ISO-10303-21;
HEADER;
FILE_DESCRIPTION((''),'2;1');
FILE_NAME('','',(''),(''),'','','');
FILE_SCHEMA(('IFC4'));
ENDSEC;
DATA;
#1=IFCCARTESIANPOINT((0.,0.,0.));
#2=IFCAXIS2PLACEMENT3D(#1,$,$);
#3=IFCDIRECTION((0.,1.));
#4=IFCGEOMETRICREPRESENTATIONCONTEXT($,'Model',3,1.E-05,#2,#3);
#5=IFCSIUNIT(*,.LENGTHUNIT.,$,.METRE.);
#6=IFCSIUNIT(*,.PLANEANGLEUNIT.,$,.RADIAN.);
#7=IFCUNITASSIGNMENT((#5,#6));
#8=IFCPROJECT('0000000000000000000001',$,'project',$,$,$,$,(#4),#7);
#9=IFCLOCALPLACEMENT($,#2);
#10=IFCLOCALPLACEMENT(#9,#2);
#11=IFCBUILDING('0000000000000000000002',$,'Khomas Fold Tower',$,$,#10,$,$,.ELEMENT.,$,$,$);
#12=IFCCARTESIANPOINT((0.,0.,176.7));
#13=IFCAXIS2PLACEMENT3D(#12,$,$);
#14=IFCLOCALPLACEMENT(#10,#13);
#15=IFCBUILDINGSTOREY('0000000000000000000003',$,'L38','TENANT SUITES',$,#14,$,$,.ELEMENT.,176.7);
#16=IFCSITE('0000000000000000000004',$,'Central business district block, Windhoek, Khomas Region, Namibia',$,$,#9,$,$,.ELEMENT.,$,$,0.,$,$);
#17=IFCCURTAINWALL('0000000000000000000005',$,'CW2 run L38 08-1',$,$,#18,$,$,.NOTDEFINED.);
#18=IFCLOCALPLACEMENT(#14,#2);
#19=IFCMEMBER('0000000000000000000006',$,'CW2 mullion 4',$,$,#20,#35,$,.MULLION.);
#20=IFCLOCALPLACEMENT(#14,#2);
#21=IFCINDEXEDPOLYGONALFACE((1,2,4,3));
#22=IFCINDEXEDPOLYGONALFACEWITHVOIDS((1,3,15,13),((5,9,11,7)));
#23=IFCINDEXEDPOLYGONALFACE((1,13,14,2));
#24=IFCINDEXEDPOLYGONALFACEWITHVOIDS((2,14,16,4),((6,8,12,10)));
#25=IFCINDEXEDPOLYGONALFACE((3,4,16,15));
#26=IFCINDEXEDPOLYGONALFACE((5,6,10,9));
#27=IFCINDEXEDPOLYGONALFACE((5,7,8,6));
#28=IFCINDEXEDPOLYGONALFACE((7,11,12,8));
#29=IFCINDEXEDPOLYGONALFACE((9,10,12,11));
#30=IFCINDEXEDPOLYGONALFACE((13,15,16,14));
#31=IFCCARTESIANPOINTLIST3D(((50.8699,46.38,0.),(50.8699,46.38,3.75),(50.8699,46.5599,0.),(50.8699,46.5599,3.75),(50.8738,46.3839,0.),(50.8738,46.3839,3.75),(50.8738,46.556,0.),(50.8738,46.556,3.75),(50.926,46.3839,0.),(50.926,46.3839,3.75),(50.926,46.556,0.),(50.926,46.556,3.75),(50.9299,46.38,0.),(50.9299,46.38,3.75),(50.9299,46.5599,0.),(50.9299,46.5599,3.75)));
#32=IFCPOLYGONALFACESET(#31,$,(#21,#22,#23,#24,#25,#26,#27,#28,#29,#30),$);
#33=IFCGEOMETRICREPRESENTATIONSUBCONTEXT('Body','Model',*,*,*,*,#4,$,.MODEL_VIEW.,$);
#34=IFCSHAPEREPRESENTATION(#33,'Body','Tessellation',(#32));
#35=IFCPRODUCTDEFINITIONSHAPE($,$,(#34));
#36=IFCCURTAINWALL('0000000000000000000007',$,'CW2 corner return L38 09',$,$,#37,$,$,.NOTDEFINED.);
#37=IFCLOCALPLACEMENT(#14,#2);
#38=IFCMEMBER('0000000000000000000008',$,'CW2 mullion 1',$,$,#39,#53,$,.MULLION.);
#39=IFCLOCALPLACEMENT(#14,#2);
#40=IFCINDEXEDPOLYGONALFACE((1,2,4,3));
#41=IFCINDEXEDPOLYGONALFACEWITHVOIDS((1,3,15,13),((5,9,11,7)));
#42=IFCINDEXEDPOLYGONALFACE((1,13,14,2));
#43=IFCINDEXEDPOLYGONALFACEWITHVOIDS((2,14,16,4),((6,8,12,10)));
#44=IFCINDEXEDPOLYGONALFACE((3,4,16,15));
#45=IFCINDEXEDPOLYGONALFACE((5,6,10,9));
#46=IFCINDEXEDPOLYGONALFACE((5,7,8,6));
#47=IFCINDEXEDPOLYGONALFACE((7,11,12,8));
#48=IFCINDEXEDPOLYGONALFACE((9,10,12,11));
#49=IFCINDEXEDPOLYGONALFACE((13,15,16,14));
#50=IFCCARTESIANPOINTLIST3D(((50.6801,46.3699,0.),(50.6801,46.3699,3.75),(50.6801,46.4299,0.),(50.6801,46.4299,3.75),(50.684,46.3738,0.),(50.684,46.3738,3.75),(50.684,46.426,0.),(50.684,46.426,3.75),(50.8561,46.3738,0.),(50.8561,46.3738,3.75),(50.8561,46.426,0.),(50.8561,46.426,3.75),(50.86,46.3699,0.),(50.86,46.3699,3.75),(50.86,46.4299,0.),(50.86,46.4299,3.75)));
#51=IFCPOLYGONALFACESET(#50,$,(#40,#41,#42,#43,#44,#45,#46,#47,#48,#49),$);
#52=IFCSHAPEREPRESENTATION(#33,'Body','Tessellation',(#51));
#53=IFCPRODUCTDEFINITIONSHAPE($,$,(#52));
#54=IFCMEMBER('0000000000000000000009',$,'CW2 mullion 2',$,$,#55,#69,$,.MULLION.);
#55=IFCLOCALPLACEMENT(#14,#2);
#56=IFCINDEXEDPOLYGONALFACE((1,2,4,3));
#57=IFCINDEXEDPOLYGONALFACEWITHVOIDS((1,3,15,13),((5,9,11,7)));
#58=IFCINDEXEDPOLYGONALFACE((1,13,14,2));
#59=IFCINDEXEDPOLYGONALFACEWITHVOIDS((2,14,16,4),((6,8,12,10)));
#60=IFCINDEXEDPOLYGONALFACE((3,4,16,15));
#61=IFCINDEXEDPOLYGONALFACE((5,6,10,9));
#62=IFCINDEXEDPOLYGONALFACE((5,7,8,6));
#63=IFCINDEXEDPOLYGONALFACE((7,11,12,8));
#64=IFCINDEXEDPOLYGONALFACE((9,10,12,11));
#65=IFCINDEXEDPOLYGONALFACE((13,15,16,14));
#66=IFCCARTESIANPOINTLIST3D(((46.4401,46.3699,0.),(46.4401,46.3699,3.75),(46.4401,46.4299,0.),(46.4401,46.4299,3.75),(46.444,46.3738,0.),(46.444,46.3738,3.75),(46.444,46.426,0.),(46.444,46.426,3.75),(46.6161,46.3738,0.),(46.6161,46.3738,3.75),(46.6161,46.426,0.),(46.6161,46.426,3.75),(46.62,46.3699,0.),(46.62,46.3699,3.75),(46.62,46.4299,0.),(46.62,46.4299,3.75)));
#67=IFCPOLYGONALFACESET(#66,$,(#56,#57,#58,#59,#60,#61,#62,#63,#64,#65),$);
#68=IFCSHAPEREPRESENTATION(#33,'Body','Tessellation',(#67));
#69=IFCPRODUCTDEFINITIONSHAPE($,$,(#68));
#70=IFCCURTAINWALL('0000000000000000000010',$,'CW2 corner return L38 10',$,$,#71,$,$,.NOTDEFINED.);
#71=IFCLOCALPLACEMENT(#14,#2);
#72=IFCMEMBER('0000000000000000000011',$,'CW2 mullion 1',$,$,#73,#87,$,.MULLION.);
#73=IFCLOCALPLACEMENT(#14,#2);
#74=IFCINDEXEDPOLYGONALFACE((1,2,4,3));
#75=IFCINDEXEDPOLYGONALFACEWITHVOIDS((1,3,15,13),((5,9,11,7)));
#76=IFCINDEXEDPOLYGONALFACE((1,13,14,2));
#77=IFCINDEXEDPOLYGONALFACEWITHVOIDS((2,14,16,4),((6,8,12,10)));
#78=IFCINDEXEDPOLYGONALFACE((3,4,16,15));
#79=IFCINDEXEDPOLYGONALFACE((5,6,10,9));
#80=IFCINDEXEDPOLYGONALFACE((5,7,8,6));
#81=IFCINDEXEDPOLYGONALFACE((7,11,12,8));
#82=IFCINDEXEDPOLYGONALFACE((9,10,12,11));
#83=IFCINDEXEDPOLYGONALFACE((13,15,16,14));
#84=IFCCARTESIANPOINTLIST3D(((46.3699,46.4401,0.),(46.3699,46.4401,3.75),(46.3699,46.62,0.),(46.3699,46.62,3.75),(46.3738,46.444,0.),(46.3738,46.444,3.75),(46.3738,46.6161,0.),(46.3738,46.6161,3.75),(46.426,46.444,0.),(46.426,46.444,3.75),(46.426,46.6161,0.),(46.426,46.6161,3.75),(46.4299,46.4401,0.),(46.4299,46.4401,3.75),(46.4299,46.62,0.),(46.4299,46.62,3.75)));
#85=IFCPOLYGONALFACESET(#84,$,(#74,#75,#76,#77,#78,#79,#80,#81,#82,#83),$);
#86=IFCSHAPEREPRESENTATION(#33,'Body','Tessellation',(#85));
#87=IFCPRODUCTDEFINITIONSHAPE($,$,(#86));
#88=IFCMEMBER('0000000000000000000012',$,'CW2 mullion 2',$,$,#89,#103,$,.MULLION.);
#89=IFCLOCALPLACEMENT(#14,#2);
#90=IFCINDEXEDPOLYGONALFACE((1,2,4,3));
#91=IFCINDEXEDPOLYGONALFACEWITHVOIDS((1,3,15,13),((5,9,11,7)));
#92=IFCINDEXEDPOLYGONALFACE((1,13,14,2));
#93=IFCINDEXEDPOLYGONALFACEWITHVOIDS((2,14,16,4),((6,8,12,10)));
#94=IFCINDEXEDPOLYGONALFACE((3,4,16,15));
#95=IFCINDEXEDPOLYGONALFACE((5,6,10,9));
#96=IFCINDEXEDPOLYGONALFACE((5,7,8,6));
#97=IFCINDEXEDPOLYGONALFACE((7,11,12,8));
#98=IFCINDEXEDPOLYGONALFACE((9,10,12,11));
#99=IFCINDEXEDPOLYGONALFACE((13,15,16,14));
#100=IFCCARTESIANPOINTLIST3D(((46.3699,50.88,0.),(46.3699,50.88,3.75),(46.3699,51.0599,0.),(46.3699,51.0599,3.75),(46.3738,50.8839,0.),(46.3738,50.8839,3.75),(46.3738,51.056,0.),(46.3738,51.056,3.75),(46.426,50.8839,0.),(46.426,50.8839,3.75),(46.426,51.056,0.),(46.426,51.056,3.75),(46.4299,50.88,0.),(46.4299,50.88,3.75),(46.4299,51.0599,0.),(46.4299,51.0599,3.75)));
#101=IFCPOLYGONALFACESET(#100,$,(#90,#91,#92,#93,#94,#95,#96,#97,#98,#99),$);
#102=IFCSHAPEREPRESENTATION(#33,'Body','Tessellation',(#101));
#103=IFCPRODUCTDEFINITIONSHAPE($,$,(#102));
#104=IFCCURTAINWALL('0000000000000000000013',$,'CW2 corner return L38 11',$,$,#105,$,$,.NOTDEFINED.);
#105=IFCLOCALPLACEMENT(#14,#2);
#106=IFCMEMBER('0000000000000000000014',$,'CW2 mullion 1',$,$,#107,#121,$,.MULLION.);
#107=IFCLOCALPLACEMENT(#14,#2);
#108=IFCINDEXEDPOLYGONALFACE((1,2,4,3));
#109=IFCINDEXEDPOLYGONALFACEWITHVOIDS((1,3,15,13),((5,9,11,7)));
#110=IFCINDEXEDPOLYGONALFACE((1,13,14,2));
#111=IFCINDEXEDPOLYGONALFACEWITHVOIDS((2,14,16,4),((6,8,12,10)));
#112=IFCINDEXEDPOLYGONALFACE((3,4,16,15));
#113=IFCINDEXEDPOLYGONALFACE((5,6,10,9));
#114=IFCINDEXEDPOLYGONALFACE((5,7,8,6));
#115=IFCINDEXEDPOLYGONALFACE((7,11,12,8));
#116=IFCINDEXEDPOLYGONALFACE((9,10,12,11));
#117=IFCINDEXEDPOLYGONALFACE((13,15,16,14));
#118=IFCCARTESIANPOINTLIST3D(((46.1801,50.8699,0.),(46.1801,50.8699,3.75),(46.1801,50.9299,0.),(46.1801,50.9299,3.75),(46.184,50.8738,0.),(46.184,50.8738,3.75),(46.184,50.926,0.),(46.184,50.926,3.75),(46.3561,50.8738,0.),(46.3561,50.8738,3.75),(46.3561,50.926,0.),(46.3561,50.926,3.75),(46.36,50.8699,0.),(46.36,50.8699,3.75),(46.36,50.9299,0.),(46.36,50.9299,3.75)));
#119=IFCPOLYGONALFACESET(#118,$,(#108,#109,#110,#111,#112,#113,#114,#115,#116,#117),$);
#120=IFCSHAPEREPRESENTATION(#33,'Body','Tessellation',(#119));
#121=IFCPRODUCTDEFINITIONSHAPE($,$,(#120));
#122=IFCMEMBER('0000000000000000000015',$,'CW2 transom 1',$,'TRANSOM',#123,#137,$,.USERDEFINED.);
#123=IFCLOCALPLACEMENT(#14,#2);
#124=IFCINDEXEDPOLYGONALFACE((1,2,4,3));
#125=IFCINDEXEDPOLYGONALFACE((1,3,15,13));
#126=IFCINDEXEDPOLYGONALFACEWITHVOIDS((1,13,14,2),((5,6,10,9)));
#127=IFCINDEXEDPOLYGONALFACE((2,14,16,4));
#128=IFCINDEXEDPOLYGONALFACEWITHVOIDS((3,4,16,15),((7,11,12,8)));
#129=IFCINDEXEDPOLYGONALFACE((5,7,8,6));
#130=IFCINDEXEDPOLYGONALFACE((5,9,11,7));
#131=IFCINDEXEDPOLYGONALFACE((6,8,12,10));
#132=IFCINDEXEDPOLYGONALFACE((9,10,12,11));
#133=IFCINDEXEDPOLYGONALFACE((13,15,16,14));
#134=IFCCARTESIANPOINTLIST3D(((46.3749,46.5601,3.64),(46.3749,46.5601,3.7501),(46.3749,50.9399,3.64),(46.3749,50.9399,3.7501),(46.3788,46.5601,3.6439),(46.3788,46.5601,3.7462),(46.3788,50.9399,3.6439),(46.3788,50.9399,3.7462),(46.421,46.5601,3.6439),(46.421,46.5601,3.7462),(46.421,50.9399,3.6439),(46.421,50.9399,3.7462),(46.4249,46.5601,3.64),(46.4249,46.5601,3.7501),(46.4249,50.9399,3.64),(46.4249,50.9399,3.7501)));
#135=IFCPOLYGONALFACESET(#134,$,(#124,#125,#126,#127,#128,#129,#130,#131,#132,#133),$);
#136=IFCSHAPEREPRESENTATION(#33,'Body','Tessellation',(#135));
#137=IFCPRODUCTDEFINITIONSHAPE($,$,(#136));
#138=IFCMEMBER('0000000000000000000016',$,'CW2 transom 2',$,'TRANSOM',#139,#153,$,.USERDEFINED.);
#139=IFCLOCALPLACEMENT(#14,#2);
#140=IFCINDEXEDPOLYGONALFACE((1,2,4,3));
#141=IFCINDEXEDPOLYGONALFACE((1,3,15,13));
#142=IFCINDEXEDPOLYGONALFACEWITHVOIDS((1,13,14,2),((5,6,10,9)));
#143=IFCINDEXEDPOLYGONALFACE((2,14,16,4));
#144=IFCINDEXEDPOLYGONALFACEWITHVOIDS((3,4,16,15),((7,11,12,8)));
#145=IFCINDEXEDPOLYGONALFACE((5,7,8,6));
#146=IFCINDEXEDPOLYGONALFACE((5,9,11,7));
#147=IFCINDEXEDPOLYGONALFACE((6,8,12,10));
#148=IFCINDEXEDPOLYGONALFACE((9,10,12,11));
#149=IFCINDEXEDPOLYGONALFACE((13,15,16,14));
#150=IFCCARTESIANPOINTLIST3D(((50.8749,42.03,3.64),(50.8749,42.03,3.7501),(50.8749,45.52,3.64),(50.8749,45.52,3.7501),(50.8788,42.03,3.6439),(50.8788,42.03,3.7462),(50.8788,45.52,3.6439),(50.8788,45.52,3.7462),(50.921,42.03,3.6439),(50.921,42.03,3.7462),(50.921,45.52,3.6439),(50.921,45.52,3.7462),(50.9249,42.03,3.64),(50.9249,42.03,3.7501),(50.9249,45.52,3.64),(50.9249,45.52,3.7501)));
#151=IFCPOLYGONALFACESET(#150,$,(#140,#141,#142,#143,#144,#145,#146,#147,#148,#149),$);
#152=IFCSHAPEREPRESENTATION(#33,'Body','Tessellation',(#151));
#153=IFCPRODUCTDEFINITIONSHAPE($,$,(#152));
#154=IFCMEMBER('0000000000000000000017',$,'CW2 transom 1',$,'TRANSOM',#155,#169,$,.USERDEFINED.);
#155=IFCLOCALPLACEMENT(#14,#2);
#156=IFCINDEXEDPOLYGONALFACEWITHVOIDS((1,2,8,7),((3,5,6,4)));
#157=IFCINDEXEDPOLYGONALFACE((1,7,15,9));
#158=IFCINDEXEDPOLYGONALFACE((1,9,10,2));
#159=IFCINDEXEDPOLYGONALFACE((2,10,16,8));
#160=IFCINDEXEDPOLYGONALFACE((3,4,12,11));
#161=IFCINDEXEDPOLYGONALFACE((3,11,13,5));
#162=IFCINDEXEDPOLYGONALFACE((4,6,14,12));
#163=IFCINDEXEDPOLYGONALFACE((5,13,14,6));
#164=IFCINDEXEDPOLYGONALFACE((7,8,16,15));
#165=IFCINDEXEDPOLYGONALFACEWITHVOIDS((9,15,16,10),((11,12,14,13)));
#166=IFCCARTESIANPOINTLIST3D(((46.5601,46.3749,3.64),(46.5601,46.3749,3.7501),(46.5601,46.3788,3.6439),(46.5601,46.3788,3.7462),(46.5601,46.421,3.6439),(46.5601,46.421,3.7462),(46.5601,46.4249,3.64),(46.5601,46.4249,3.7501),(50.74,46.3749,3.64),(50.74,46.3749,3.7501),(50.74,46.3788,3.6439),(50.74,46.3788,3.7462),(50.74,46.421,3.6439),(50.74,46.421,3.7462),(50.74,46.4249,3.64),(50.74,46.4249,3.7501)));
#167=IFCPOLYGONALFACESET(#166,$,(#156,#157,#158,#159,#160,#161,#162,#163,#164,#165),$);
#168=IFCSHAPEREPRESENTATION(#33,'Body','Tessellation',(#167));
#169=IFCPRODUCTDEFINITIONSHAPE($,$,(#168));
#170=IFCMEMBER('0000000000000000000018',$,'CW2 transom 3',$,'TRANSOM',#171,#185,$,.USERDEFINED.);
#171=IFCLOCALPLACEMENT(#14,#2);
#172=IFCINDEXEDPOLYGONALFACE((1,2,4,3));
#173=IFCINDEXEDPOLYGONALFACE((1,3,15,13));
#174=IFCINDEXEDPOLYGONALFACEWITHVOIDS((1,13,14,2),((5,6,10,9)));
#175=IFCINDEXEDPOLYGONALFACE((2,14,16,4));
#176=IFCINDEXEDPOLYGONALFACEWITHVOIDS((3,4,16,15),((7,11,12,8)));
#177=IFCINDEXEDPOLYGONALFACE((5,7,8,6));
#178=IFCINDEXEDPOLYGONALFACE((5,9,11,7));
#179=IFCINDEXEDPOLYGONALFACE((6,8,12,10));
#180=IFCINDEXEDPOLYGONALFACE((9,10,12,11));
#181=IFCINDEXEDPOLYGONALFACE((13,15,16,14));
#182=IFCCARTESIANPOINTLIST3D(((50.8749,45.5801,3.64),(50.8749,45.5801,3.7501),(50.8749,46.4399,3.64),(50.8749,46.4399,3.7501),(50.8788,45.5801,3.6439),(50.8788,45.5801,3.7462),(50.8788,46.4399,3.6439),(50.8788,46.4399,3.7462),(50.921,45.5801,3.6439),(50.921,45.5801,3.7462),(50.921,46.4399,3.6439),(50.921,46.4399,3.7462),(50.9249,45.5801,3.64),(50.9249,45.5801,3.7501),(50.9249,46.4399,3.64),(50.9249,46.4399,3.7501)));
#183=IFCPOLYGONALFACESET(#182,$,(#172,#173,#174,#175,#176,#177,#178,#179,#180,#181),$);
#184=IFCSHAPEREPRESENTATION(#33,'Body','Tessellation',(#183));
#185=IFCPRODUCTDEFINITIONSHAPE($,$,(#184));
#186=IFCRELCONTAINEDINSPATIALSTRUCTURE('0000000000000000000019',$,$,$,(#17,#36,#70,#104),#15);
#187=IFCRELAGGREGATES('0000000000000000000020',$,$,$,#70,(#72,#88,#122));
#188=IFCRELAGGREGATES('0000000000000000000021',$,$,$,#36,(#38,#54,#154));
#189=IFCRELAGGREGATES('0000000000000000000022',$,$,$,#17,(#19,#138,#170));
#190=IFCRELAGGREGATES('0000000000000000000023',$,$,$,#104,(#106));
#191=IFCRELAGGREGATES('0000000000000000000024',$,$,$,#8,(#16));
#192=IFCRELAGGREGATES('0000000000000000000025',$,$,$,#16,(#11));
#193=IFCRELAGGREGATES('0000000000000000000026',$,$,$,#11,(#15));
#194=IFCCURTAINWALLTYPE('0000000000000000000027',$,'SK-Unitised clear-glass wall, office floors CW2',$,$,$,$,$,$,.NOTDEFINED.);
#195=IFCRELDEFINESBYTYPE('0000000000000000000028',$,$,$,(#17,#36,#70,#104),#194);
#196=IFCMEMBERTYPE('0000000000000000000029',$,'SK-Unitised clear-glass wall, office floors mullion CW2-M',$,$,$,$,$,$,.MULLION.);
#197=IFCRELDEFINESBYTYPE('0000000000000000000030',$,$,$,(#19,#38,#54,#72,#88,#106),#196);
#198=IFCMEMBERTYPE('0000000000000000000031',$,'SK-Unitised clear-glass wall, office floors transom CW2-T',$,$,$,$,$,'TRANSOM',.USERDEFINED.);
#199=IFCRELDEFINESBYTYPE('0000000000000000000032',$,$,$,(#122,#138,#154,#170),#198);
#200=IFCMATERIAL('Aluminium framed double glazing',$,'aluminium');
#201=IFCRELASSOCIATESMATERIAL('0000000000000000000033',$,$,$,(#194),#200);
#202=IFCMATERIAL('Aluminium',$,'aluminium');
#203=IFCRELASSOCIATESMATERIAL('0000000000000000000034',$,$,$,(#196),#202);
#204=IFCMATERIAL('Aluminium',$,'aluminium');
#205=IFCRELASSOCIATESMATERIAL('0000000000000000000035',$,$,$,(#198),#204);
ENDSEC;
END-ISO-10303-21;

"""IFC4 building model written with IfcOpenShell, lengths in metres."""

from ifc_helpers import new_model, si_unit, direction, frame, origin, origin_2d, place, context, subcontext, project, spatial, hollow_rectangle, extrude, source, transform, mapped, material, material_profile, profile_set, type_object, element, aggregate, save


model = new_model("IFC4")

# Units and contexts
model_context = context("Model", 3, precision=1e-05, world=origin(), true_north=direction((0.0, 1.0)))
body_context = subcontext(model_context, "Body", "Model", "MODEL_VIEW")
ifc_project = project(units=[si_unit("LENGTHUNIT", "METRE"), si_unit("PLANEANGLEUNIT", "RADIAN")], contexts=[model_context])

# Site, building, storey
site_placement = place(None, origin())
site = spatial("IfcSite", under=ifc_project, at=site_placement, Name="Central business district block, Windhoek, Khomas Region, Namibia", CompositionType="ELEMENT", RefElevation=0.0)
building_placement = place(site_placement, origin())
building = spatial("IfcBuilding", under=site, at=building_placement, Name="Khomas Fold Tower", CompositionType="ELEMENT")
storey_placement = place(building_placement, frame((0.0, 0.0, 176.7)))
storey = spatial("IfcBuildingStorey", under=building, at=storey_placement, Name="L38", Description="TENANT SUITES", CompositionType="ELEMENT", Elevation=176.7)

# Curtain walls, members
ifc_material_1 = material(Name="Aluminium framed double glazing", Category="aluminium")
curtain_wall_type_1 = type_object("IfcCurtainWallType", Name="SK-Unitised clear-glass wall, office floors CW2", PredefinedType="NOTDEFINED", material=ifc_material_1)
curtain_wall_1_placement = place(storey_placement, origin())
curtain_wall_1 = element("IfcCurtainWall", 1, at=curtain_wall_1_placement, inside=storey, type_object=curtain_wall_type_1, Name="CW2 run L38 08-1", PredefinedType="NOTDEFINED")
ifc_material_2 = material(Name="Aluminium", Category="aluminium")
ifc_material_profile_1 = material_profile(ifc_material_2, hollow_rectangle(XDim=0.0601, YDim=0.1799, WallThickness=0.0039, at=origin_2d()), Name="SK-Unitised clear-glass wall, office floors mullion CW2-M")
ifc_profile_set_1 = profile_set([ifc_material_profile_1], Name="Aluminium")
member_type_1 = type_object("IfcMemberType", Name="SK-Unitised clear-glass wall, office floors mullion CW2-M", PredefinedType="MULLION", material=ifc_profile_set_1)
shared_shape_1 = source(origin(), body_context, "Body", "SweptSolid", [
    extrude(hollow_rectangle(XDim=0.0601, YDim=0.1799, WallThickness=0.0039, at=origin_2d()), origin(), (0.0, 0.0, 1.0), 3.75),
])
member_1_placement = place(storey_placement, frame((50.8999, 46.47, 0.0), z_axis=(0.0, 0.0, 1.0), x_axis=(-1.0, 0.0, 0.0)))
member_1 = element("IfcMember", 2, at=member_1_placement, type_object=member_type_1, Name="CW2 mullion 4", PredefinedType="MULLION", context=body_context, shape_type="MappedRepresentation", body=[
    mapped(shared_shape_1, transform((0.0, 0.0, 0.0))),
])
curtain_wall_2_placement = place(storey_placement, origin())
curtain_wall_2 = element("IfcCurtainWall", 3, at=curtain_wall_2_placement, inside=storey, type_object=curtain_wall_type_1, Name="CW2 corner return L38 09", PredefinedType="NOTDEFINED")
member_2_placement = place(storey_placement, frame((50.77, 46.3999, 0.0), z_axis=(0.0, 0.0, 1.0), x_axis=(0.0, -1.0, 0.0)))
member_2 = element("IfcMember", 4, at=member_2_placement, type_object=member_type_1, Name="CW2 mullion 1", PredefinedType="MULLION", context=body_context, shape_type="MappedRepresentation", body=[
    mapped(shared_shape_1, transform((0.0, 0.0, 0.0))),
])
member_3_placement = place(storey_placement, frame((46.53, 46.3999, 0.0), z_axis=(0.0, 0.0, 1.0), x_axis=(0.0, -1.0, 0.0)))
member_3 = element("IfcMember", 5, at=member_3_placement, type_object=member_type_1, Name="CW2 mullion 2", PredefinedType="MULLION", context=body_context, shape_type="MappedRepresentation", body=[
    mapped(shared_shape_1, transform((0.0, 0.0, 0.0))),
])
curtain_wall_3_placement = place(storey_placement, origin())
curtain_wall_3 = element("IfcCurtainWall", 6, at=curtain_wall_3_placement, inside=storey, type_object=curtain_wall_type_1, Name="CW2 corner return L38 10", PredefinedType="NOTDEFINED")
member_4_placement = place(storey_placement, frame((46.3999, 46.53, 0.0), z_axis=(0.0, 0.0, 1.0), x_axis=(-1.0, 0.0, 0.0)))
member_4 = element("IfcMember", 7, at=member_4_placement, type_object=member_type_1, Name="CW2 mullion 1", PredefinedType="MULLION", context=body_context, shape_type="MappedRepresentation", body=[
    mapped(shared_shape_1, transform((0.0, 0.0, 0.0))),
])
member_5_placement = place(storey_placement, frame((46.3999, 50.97, 0.0), z_axis=(0.0, 0.0, 1.0), x_axis=(-1.0, 0.0, 0.0)))
member_5 = element("IfcMember", 8, at=member_5_placement, type_object=member_type_1, Name="CW2 mullion 2", PredefinedType="MULLION", context=body_context, shape_type="MappedRepresentation", body=[
    mapped(shared_shape_1, transform((0.0, 0.0, 0.0))),
])

# Curtain wall, member
curtain_wall_4_placement = place(storey_placement, origin())
curtain_wall_4 = element("IfcCurtainWall", 9, at=curtain_wall_4_placement, inside=storey, type_object=curtain_wall_type_1, Name="CW2 corner return L38 11", PredefinedType="NOTDEFINED")
member_6_placement = place(storey_placement, frame((46.27, 50.8999, 0.0), z_axis=(0.0, 0.0, 1.0), x_axis=(0.0, -1.0, 0.0)))
member_6 = element("IfcMember", 10, at=member_6_placement, type_object=member_type_1, Name="CW2 mullion 1", PredefinedType="MULLION", context=body_context, shape_type="MappedRepresentation", body=[
    mapped(shared_shape_1, transform((0.0, 0.0, 0.0))),
])

# Members
ifc_material_3 = material(Name="Aluminium", Category="aluminium")
ifc_material_profile_2 = material_profile(ifc_material_3, hollow_rectangle(XDim=0.05, YDim=0.1101, WallThickness=0.0039, at=origin_2d()), Name="SK-Unitised clear-glass wall, office floors transom CW2-T")
ifc_profile_set_2 = profile_set([ifc_material_profile_2], Name="Aluminium")
member_type_2 = type_object("IfcMemberType", Name="SK-Unitised clear-glass wall, office floors transom CW2-T", ElementType="TRANSOM", PredefinedType="USERDEFINED", material=ifc_profile_set_2)
shared_shape_2 = source(origin(), body_context, "Body", "SweptSolid", [
    extrude(hollow_rectangle(XDim=0.05, YDim=0.1101, WallThickness=0.0039, at=origin_2d()), origin(), (0.0, 0.0, 1.0), 4.3799),
])
member_7_placement = place(storey_placement, frame((46.3999, 46.5601, 3.6951), z_axis=(0.0, 1.0, 0.0), x_axis=(-1.0, 0.0, 0.0)))
member_7 = element("IfcMember", 11, at=member_7_placement, type_object=member_type_2, Name="CW2 transom 1", ObjectType="TRANSOM", PredefinedType="USERDEFINED", context=body_context, shape_type="MappedRepresentation", body=[
    mapped(shared_shape_2, transform((0.0, 0.0, 0.0))),
])
shared_shape_3 = source(origin(), body_context, "Body", "SweptSolid", [
    extrude(hollow_rectangle(XDim=0.05, YDim=0.1101, WallThickness=0.0039, at=origin_2d()), origin(), (0.0, 0.0, 1.0), 3.49),
])
member_8_placement = place(storey_placement, frame((50.8999, 42.03, 3.6951), z_axis=(0.0, 1.0, 0.0), x_axis=(-1.0, 0.0, 0.0)))
member_8 = element("IfcMember", 12, at=member_8_placement, type_object=member_type_2, Name="CW2 transom 2", ObjectType="TRANSOM", PredefinedType="USERDEFINED", context=body_context, shape_type="MappedRepresentation", body=[
    mapped(shared_shape_3, transform((0.0, 0.0, 0.0))),
])
shared_shape_4 = source(origin(), body_context, "Body", "SweptSolid", [
    extrude(hollow_rectangle(XDim=0.05, YDim=0.1101, WallThickness=0.0039, at=origin_2d()), origin(), (0.0, 0.0, 1.0), 4.1799),
])
member_9_placement = place(storey_placement, frame((50.74, 46.3999, 3.6951), z_axis=(-1.0, 0.0, 0.0), x_axis=(0.0, -1.0, 0.0)))
member_9 = element("IfcMember", 13, at=member_9_placement, type_object=member_type_2, Name="CW2 transom 1", ObjectType="TRANSOM", PredefinedType="USERDEFINED", context=body_context, shape_type="MappedRepresentation", body=[
    mapped(shared_shape_4, transform((0.0, 0.0, 0.0))),
])
shared_shape_5 = source(origin(), body_context, "Body", "SweptSolid", [
    extrude(hollow_rectangle(XDim=0.05, YDim=0.1101, WallThickness=0.0039, at=origin_2d()), origin(), (0.0, 0.0, 1.0), 0.8599),
])
member_10_placement = place(storey_placement, frame((50.8999, 45.5801, 3.6951), z_axis=(0.0, 1.0, 0.0), x_axis=(-1.0, 0.0, 0.0)))
member_10 = element("IfcMember", 14, at=member_10_placement, type_object=member_type_2, Name="CW2 transom 3", ObjectType="TRANSOM", PredefinedType="USERDEFINED", context=body_context, shape_type="MappedRepresentation", body=[
    mapped(shared_shape_5, transform((0.0, 0.0, 0.0))),
])

aggregate(curtain_wall_3, [member_4, member_5, member_7])
aggregate(curtain_wall_2, [member_2, member_3, member_9])
aggregate(curtain_wall_1, [member_1, member_8, member_10])
aggregate(curtain_wall_4, [member_6])

save(model, "model.ifc")
